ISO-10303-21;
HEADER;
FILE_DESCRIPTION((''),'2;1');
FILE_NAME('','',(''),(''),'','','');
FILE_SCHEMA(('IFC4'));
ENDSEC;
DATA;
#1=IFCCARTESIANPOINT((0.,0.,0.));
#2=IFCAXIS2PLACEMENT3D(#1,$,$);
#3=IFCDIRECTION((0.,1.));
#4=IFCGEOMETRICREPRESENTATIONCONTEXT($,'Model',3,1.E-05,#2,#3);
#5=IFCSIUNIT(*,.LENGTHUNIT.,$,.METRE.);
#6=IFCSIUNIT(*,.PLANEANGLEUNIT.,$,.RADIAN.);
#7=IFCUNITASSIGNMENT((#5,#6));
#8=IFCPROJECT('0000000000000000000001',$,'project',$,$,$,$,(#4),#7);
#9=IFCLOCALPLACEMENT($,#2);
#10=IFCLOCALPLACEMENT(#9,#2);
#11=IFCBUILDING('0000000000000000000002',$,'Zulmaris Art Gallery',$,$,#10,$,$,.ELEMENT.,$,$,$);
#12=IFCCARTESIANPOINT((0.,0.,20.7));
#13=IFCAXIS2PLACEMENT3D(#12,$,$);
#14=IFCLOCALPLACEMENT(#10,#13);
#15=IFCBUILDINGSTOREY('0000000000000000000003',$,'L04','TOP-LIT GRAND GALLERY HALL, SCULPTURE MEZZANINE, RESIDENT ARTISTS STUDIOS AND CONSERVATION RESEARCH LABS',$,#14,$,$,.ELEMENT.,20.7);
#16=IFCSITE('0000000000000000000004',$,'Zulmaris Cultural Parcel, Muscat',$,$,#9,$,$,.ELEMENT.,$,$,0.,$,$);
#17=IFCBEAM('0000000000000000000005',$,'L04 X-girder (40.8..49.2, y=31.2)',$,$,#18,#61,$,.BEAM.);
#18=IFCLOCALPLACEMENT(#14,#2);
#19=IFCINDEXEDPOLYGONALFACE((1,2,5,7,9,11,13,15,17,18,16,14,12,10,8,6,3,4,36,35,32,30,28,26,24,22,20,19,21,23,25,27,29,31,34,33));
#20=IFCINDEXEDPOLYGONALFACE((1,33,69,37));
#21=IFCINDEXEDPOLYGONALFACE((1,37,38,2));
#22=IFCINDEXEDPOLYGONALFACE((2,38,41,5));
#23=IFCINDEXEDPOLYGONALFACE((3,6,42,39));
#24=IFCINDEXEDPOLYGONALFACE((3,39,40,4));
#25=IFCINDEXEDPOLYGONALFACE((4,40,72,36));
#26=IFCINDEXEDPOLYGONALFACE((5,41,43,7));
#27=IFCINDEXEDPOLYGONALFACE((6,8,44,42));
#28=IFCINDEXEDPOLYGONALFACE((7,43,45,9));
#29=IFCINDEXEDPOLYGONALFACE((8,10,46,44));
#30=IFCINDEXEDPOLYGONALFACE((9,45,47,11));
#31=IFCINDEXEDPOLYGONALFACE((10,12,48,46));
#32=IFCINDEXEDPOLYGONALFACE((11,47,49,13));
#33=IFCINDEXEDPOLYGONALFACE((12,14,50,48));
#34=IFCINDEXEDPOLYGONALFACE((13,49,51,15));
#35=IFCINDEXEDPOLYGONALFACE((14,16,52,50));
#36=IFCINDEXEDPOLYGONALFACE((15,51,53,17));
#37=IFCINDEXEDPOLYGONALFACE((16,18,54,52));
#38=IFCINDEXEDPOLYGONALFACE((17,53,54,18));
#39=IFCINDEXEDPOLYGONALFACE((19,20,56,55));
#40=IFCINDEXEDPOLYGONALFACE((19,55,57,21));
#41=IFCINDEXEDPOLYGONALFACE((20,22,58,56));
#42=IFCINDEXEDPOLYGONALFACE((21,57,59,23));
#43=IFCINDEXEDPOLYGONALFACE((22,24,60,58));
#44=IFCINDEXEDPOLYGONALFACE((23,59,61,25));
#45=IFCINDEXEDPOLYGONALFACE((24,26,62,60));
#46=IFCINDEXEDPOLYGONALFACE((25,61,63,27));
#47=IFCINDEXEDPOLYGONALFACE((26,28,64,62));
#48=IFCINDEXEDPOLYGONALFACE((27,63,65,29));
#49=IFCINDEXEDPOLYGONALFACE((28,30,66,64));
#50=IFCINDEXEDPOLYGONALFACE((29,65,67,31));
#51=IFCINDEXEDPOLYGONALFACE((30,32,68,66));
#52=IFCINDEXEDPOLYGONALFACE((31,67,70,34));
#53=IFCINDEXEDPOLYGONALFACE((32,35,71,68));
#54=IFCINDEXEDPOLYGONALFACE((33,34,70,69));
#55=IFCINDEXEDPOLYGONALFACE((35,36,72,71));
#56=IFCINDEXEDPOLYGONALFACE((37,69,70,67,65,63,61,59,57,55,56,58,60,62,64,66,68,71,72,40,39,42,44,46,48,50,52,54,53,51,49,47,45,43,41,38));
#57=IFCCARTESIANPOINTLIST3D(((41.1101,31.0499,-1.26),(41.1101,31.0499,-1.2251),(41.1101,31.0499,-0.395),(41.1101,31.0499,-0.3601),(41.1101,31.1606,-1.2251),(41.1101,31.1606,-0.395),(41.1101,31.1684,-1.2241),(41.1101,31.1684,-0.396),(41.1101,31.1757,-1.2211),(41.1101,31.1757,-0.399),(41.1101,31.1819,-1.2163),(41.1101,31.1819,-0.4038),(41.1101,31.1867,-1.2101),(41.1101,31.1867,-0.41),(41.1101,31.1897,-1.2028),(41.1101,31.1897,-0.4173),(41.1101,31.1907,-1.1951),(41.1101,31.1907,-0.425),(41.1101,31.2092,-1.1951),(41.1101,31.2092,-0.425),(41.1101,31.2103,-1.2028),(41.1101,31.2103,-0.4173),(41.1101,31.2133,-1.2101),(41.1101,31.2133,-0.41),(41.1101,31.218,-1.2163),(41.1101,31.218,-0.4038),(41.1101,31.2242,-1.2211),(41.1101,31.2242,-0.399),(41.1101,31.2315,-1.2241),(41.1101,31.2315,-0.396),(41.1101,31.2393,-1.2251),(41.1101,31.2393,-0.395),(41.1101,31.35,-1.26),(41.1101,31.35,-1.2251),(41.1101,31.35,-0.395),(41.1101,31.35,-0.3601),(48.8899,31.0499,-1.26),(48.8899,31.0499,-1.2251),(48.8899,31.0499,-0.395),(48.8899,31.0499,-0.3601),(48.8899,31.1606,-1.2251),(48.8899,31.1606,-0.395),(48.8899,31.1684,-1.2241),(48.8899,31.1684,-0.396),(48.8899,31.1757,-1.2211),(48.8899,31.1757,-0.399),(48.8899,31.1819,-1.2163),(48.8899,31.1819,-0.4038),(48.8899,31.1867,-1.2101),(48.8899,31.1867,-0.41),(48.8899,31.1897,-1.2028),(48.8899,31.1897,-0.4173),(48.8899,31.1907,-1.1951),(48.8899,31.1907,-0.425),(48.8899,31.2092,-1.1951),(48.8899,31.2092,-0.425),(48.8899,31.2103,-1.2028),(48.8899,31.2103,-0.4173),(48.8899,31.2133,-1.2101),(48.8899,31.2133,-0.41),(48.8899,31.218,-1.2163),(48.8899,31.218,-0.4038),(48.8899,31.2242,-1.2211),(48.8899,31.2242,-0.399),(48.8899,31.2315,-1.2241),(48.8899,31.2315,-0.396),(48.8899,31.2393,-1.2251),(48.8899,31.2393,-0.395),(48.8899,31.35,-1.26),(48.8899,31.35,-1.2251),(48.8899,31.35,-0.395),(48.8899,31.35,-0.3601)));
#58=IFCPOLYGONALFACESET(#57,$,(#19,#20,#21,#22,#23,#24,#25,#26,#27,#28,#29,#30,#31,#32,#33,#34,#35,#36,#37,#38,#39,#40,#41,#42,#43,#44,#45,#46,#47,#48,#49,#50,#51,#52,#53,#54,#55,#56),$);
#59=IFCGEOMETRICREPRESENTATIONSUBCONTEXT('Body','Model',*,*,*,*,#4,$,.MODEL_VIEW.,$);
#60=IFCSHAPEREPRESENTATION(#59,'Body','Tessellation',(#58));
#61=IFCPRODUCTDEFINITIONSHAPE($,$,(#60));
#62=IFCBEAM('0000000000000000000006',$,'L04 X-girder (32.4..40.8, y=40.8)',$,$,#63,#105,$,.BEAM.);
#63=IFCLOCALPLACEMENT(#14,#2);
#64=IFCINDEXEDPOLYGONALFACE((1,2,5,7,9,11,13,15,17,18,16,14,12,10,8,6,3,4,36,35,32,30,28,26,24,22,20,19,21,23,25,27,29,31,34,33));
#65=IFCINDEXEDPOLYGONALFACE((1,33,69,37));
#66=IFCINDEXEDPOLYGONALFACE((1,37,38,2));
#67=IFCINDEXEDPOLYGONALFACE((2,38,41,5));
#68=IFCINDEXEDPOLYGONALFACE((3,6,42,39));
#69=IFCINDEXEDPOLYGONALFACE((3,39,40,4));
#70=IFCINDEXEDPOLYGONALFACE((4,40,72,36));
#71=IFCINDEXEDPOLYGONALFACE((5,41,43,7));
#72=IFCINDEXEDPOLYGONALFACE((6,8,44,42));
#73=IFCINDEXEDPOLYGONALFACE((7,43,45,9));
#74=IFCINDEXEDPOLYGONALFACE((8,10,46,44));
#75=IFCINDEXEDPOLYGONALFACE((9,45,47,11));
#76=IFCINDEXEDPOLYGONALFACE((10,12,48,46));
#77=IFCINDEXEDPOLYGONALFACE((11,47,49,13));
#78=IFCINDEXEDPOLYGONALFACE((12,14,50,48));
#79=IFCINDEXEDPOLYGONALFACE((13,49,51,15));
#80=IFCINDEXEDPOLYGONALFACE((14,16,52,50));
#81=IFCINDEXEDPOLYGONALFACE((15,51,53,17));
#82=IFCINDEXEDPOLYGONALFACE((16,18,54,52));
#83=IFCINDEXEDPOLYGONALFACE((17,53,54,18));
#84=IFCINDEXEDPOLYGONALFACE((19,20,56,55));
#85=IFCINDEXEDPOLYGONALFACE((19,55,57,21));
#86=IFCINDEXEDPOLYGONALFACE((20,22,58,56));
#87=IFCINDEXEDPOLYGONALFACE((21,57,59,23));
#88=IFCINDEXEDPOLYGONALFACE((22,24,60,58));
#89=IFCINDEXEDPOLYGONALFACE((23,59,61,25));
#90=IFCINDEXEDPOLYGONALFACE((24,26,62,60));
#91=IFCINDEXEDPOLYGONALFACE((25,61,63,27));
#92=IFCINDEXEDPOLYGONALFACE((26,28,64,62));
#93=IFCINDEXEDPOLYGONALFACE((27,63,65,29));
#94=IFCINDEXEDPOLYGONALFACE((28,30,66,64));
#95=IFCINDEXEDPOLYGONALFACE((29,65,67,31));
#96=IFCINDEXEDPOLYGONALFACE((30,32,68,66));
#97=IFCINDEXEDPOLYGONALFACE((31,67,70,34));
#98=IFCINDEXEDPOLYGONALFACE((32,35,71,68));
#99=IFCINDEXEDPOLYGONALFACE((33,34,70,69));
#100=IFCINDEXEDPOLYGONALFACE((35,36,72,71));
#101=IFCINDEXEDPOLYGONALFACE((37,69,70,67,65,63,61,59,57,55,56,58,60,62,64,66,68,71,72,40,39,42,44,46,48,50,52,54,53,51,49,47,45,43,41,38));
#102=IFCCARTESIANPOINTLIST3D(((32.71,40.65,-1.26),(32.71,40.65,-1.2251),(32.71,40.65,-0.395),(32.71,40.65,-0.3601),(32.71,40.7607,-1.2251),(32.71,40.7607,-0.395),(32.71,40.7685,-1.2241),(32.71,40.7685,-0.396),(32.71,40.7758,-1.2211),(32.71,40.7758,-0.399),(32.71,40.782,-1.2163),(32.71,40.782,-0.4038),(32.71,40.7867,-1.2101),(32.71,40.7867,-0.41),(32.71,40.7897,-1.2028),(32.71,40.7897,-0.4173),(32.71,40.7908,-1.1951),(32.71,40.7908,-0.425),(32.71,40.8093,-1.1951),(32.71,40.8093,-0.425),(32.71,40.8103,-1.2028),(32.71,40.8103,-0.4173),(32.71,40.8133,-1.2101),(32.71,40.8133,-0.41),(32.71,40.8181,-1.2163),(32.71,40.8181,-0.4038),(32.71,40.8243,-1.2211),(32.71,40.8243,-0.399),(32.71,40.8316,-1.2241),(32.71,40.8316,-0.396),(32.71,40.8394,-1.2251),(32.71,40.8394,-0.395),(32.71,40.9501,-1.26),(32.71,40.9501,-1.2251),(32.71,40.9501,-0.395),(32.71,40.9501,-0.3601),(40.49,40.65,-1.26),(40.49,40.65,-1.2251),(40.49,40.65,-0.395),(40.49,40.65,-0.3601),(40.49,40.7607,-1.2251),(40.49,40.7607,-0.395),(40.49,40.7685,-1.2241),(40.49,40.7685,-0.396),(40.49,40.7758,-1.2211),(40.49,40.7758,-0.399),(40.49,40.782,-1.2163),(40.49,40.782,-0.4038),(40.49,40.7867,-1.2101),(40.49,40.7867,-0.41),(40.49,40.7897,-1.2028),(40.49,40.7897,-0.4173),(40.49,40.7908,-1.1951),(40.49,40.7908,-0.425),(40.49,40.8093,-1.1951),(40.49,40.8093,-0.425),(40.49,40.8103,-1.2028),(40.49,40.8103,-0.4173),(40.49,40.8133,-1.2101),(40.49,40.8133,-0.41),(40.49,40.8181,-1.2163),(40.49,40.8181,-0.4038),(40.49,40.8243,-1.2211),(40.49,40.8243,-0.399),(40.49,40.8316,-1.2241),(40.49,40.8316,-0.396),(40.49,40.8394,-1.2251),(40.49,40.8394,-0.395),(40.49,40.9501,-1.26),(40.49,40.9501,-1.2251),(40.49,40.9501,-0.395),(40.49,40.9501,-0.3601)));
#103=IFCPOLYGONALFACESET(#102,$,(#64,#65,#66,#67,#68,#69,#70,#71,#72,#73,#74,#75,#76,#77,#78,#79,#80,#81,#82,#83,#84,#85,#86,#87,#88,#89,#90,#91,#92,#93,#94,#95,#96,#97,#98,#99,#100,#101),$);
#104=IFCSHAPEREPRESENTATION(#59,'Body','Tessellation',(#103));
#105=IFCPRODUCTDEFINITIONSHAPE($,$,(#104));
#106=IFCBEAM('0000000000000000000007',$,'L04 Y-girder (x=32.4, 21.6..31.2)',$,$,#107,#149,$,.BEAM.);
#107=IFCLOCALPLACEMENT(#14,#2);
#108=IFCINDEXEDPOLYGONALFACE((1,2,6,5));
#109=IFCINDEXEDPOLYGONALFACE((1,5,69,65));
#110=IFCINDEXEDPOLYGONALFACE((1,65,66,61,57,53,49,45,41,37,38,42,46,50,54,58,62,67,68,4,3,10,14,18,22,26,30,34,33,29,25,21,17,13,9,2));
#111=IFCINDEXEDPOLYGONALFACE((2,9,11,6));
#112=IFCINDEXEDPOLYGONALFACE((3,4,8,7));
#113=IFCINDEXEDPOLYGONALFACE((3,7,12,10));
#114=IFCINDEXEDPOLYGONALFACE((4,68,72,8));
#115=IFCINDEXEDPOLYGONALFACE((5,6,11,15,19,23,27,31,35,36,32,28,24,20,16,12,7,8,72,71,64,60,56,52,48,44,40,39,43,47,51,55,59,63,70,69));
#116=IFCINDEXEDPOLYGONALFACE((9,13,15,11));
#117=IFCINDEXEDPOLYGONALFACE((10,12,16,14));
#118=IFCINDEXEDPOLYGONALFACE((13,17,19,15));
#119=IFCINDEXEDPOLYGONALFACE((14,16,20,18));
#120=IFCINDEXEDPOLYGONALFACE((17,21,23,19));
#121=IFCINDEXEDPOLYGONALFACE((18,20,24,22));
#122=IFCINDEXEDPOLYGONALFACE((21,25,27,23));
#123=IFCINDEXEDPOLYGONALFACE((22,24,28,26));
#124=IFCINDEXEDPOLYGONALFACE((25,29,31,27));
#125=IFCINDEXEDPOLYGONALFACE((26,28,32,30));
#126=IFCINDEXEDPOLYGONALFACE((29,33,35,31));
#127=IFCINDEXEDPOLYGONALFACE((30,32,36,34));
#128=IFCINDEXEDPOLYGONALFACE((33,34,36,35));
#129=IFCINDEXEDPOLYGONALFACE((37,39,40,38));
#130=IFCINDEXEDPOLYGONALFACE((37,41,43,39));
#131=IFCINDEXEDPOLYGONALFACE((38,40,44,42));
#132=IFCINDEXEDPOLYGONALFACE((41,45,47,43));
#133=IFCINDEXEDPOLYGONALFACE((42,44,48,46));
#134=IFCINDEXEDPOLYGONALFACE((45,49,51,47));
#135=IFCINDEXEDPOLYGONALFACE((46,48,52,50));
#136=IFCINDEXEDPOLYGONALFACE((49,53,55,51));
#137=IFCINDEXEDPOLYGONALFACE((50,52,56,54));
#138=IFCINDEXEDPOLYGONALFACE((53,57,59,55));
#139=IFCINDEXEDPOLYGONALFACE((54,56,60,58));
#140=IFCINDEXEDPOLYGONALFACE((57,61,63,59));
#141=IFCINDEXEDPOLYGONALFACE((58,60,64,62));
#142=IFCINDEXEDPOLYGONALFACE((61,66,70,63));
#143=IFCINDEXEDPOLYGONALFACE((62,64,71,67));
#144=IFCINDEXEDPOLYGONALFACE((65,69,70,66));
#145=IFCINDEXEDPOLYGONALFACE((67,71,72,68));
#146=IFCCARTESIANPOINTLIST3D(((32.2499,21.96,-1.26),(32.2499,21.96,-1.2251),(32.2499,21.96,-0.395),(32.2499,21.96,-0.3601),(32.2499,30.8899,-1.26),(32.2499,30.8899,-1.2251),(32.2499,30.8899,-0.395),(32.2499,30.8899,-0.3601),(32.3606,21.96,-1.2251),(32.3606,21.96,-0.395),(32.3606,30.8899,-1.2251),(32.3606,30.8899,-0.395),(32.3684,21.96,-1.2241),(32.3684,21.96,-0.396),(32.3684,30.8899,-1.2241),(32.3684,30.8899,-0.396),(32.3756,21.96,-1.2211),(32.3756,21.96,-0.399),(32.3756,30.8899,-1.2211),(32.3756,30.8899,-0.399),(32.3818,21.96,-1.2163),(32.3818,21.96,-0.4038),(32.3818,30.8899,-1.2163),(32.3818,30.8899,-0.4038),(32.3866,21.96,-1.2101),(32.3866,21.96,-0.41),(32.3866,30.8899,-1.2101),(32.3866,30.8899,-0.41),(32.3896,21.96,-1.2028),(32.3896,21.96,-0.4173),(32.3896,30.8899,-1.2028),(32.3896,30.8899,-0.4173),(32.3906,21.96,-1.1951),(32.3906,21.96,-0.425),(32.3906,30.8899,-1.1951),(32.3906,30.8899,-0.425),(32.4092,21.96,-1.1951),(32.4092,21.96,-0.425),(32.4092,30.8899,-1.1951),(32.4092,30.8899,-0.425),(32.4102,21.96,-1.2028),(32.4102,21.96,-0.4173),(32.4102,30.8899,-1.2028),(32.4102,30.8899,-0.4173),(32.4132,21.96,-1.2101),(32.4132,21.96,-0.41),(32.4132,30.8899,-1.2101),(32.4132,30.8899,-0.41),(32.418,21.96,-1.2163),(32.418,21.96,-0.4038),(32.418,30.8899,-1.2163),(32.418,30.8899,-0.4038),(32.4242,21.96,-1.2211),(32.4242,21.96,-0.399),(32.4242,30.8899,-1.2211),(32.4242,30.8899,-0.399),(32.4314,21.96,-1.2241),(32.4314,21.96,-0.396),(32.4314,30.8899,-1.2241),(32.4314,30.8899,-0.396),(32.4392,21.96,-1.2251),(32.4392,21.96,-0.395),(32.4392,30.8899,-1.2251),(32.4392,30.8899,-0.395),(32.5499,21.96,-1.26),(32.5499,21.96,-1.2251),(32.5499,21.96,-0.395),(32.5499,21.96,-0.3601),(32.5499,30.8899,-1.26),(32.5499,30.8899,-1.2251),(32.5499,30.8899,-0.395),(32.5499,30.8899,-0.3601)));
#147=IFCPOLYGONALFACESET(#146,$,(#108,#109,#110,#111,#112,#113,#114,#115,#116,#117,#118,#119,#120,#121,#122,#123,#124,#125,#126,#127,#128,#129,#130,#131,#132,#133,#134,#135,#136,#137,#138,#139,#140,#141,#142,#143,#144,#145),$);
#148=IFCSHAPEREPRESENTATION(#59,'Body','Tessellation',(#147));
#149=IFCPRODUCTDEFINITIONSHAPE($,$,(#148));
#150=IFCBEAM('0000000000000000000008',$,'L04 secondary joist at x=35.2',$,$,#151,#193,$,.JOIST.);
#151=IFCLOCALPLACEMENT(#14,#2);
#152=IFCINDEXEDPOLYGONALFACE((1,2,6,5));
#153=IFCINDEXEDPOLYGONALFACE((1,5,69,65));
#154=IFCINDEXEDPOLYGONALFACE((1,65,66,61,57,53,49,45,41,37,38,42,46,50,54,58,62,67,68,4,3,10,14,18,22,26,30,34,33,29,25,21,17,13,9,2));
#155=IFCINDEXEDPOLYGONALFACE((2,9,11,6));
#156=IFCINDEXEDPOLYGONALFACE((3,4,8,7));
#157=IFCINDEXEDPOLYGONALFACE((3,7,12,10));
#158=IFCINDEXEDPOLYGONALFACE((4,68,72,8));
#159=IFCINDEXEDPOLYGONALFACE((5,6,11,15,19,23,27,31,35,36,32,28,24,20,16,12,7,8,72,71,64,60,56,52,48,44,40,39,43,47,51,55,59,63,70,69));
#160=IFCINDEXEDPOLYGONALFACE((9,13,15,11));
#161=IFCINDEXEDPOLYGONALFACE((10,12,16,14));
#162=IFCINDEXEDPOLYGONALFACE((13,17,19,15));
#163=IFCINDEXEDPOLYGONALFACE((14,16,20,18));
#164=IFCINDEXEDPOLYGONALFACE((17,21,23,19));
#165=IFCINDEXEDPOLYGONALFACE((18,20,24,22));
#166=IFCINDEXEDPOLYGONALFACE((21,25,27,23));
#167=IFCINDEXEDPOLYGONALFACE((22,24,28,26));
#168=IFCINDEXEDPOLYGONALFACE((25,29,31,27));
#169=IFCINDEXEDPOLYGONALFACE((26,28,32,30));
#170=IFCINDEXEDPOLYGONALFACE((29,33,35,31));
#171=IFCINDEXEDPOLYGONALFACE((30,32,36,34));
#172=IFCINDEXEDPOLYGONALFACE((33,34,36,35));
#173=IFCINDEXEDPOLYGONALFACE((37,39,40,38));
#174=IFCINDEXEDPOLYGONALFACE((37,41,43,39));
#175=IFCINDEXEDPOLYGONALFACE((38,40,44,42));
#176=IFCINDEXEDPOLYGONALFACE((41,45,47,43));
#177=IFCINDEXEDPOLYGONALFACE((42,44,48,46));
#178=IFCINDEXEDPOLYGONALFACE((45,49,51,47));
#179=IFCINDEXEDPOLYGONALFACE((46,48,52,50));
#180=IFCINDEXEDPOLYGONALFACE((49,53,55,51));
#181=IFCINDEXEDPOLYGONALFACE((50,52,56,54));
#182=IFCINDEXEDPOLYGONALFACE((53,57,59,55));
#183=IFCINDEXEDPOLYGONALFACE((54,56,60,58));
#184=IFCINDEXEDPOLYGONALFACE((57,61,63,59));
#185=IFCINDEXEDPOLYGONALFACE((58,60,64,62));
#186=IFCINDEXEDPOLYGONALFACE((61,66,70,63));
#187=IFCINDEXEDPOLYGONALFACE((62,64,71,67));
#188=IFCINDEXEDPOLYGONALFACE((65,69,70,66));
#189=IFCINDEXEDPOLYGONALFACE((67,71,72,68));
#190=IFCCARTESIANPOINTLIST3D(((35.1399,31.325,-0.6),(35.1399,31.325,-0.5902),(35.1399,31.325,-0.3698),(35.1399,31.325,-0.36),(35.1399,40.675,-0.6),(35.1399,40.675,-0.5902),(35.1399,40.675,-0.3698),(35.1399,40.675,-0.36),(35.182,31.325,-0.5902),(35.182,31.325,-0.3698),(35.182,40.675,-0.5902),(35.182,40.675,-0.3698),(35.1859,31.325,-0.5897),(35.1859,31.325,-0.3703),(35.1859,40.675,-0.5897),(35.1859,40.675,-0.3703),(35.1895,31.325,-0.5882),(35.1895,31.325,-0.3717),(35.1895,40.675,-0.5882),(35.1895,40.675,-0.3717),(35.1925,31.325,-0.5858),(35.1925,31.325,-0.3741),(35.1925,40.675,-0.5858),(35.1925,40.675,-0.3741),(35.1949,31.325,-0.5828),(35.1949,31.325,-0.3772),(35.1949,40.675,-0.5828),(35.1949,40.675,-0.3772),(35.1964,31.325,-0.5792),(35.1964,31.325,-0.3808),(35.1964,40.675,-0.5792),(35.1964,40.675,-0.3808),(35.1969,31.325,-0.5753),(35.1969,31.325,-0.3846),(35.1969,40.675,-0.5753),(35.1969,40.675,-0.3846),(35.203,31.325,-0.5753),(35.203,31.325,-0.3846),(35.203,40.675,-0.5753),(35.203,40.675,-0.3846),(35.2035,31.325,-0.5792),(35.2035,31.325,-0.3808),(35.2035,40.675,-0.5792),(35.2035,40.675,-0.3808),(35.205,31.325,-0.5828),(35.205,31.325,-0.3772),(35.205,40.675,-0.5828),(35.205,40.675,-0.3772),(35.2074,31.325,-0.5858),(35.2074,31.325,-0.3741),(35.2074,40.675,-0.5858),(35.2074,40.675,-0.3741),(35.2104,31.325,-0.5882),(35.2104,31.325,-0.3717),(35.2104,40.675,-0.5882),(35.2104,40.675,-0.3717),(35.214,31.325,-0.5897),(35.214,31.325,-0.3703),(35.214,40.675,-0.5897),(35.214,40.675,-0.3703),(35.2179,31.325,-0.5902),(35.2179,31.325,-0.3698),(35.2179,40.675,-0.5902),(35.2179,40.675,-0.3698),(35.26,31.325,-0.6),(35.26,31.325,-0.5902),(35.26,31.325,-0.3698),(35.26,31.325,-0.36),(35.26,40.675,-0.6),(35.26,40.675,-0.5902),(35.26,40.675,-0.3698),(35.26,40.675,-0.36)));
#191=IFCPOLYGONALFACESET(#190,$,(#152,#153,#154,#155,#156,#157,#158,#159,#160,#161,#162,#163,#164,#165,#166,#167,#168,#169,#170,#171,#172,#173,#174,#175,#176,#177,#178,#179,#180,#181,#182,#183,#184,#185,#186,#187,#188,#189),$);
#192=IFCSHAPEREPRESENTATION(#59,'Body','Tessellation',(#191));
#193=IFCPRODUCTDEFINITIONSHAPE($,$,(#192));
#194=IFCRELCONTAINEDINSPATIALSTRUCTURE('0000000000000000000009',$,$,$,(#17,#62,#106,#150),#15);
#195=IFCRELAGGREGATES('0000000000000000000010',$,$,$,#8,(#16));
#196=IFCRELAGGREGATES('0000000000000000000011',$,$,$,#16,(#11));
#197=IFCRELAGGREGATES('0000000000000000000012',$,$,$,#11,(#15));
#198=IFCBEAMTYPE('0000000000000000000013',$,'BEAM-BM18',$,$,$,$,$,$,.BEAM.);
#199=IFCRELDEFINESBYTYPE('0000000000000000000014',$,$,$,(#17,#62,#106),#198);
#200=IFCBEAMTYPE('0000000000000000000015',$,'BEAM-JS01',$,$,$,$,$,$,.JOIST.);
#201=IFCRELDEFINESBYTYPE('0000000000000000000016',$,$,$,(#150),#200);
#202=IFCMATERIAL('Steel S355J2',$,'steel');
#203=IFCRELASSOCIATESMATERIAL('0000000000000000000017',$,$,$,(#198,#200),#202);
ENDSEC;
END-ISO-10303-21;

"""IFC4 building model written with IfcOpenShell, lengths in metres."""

from ifc_helpers import new_model, si_unit, direction, frame, origin, origin_2d, place, context, subcontext, project, spatial, i_section, extrude, material, material_profile, profile_set, type_object, element, save


model = new_model("IFC4")

# Units and contexts
model_context = context("Model", 3, precision=1e-05, world=origin(), true_north=direction((0.0, 1.0)))
body_context = subcontext(model_context, "Body", "Model", "MODEL_VIEW")
ifc_project = project(units=[si_unit("LENGTHUNIT", "METRE"), si_unit("PLANEANGLEUNIT", "RADIAN")], contexts=[model_context])

# Site, building, storey
site_placement = place(None, origin())
site = spatial("IfcSite", under=ifc_project, at=site_placement, Name="Zulmaris Cultural Parcel, Muscat", CompositionType="ELEMENT", RefElevation=0.0)
building_placement = place(site_placement, origin())
building = spatial("IfcBuilding", under=site, at=building_placement, Name="Zulmaris Art Gallery", CompositionType="ELEMENT")
storey_placement = place(building_placement, frame((0.0, 0.0, 20.7)))
storey = spatial("IfcBuildingStorey", under=building, at=storey_placement, Name="L04", Description="TOP-LIT GRAND GALLERY HALL, SCULPTURE MEZZANINE, RESIDENT ARTISTS STUDIOS AND CONSERVATION RESEARCH LABS", CompositionType="ELEMENT", Elevation=20.7)

# Beams
ifc_material_1 = material(Name="Steel S355J2", Category="steel")
ifc_material_profile_1 = material_profile(ifc_material_1, i_section(OverallWidth=0.3, OverallDepth=0.8999, WebThickness=0.0186, FlangeThickness=0.0349, FilletRadius=0.03, at=origin_2d()), Name="HEB 900")
ifc_profile_set_1 = profile_set([ifc_material_profile_1], Name="Steel S355J2")
beam_type_1 = type_object("IfcBeamType", Name="BEAM-BM18", PredefinedType="BEAM", material=ifc_profile_set_1)
beam_1_placement = place(storey_placement, frame((41.1101, 31.2, -0.8101), z_axis=(1.0, 0.0, 0.0), x_axis=(0.0, 1.0, 0.0)))
element("IfcBeam", 1, at=beam_1_placement, inside=storey, type_object=beam_type_1, Name="L04 X-girder (40.8..49.2, y=31.2)", PredefinedType="BEAM", context=body_context, shape_type="SweptSolid", body=[
    extrude(i_section(OverallWidth=0.3, OverallDepth=0.8999, WebThickness=0.0186, FlangeThickness=0.0349, FilletRadius=0.03, at=origin_2d()), origin(), (0.0, 0.0, 1.0), 7.7798),
])
beam_2_placement = place(storey_placement, frame((32.71, 40.8, -0.8101), z_axis=(1.0, 0.0, 0.0), x_axis=(0.0, 1.0, 0.0)))
element("IfcBeam", 2, at=beam_2_placement, inside=storey, type_object=beam_type_1, Name="L04 X-girder (32.4..40.8, y=40.8)", PredefinedType="BEAM", context=body_context, shape_type="SweptSolid", body=[
    extrude(i_section(OverallWidth=0.3, OverallDepth=0.8999, WebThickness=0.0186, FlangeThickness=0.0349, FilletRadius=0.03, at=origin_2d()), origin(), (0.0, 0.0, 1.0), 7.78),
])
beam_3_placement = place(storey_placement, frame((32.3999, 21.96, -0.8101), z_axis=(0.0, 1.0, 0.0), x_axis=(-1.0, 0.0, 0.0)))
element("IfcBeam", 3, at=beam_3_placement, inside=storey, type_object=beam_type_1, Name="L04 Y-girder (x=32.4, 21.6..31.2)", PredefinedType="BEAM", context=body_context, shape_type="SweptSolid", body=[
    extrude(i_section(OverallWidth=0.3, OverallDepth=0.8999, WebThickness=0.0186, FlangeThickness=0.0349, FilletRadius=0.03, at=origin_2d()), origin(), (0.0, 0.0, 1.0), 8.9299),
])
ifc_material_profile_2 = material_profile(ifc_material_1, i_section(OverallWidth=0.1201, OverallDepth=0.24, WebThickness=0.0061, FlangeThickness=0.0098, FilletRadius=0.0149, at=origin_2d()), Name="IPE 240")
ifc_profile_set_2 = profile_set([ifc_material_profile_2], Name="Steel S355J2")
beam_type_2 = type_object("IfcBeamType", Name="BEAM-JS01", PredefinedType="JOIST", material=ifc_profile_set_2)
for number, where, z_axis, x_axis, name in (
    (4, (35.2, 31.325, -0.48), (0.0, 1.0, 0.0), (-1.0, 0.0, 0.0), "L04 secondary joist at x=35.2"),
):
    element("IfcBeam", number, at=place(storey_placement, frame(where, z_axis=z_axis, x_axis=x_axis)), inside=storey, type_object=beam_type_2, Name=name, PredefinedType="JOIST", context=body_context, shape_type="SweptSolid", body=[
        extrude(i_section(OverallWidth=0.1201, OverallDepth=0.24, WebThickness=0.0061, FlangeThickness=0.0098, FilletRadius=0.0149, at=origin_2d()), origin(), (0.0, 0.0, 1.0), 9.3501),
    ])

save(model, "model.ifc")
